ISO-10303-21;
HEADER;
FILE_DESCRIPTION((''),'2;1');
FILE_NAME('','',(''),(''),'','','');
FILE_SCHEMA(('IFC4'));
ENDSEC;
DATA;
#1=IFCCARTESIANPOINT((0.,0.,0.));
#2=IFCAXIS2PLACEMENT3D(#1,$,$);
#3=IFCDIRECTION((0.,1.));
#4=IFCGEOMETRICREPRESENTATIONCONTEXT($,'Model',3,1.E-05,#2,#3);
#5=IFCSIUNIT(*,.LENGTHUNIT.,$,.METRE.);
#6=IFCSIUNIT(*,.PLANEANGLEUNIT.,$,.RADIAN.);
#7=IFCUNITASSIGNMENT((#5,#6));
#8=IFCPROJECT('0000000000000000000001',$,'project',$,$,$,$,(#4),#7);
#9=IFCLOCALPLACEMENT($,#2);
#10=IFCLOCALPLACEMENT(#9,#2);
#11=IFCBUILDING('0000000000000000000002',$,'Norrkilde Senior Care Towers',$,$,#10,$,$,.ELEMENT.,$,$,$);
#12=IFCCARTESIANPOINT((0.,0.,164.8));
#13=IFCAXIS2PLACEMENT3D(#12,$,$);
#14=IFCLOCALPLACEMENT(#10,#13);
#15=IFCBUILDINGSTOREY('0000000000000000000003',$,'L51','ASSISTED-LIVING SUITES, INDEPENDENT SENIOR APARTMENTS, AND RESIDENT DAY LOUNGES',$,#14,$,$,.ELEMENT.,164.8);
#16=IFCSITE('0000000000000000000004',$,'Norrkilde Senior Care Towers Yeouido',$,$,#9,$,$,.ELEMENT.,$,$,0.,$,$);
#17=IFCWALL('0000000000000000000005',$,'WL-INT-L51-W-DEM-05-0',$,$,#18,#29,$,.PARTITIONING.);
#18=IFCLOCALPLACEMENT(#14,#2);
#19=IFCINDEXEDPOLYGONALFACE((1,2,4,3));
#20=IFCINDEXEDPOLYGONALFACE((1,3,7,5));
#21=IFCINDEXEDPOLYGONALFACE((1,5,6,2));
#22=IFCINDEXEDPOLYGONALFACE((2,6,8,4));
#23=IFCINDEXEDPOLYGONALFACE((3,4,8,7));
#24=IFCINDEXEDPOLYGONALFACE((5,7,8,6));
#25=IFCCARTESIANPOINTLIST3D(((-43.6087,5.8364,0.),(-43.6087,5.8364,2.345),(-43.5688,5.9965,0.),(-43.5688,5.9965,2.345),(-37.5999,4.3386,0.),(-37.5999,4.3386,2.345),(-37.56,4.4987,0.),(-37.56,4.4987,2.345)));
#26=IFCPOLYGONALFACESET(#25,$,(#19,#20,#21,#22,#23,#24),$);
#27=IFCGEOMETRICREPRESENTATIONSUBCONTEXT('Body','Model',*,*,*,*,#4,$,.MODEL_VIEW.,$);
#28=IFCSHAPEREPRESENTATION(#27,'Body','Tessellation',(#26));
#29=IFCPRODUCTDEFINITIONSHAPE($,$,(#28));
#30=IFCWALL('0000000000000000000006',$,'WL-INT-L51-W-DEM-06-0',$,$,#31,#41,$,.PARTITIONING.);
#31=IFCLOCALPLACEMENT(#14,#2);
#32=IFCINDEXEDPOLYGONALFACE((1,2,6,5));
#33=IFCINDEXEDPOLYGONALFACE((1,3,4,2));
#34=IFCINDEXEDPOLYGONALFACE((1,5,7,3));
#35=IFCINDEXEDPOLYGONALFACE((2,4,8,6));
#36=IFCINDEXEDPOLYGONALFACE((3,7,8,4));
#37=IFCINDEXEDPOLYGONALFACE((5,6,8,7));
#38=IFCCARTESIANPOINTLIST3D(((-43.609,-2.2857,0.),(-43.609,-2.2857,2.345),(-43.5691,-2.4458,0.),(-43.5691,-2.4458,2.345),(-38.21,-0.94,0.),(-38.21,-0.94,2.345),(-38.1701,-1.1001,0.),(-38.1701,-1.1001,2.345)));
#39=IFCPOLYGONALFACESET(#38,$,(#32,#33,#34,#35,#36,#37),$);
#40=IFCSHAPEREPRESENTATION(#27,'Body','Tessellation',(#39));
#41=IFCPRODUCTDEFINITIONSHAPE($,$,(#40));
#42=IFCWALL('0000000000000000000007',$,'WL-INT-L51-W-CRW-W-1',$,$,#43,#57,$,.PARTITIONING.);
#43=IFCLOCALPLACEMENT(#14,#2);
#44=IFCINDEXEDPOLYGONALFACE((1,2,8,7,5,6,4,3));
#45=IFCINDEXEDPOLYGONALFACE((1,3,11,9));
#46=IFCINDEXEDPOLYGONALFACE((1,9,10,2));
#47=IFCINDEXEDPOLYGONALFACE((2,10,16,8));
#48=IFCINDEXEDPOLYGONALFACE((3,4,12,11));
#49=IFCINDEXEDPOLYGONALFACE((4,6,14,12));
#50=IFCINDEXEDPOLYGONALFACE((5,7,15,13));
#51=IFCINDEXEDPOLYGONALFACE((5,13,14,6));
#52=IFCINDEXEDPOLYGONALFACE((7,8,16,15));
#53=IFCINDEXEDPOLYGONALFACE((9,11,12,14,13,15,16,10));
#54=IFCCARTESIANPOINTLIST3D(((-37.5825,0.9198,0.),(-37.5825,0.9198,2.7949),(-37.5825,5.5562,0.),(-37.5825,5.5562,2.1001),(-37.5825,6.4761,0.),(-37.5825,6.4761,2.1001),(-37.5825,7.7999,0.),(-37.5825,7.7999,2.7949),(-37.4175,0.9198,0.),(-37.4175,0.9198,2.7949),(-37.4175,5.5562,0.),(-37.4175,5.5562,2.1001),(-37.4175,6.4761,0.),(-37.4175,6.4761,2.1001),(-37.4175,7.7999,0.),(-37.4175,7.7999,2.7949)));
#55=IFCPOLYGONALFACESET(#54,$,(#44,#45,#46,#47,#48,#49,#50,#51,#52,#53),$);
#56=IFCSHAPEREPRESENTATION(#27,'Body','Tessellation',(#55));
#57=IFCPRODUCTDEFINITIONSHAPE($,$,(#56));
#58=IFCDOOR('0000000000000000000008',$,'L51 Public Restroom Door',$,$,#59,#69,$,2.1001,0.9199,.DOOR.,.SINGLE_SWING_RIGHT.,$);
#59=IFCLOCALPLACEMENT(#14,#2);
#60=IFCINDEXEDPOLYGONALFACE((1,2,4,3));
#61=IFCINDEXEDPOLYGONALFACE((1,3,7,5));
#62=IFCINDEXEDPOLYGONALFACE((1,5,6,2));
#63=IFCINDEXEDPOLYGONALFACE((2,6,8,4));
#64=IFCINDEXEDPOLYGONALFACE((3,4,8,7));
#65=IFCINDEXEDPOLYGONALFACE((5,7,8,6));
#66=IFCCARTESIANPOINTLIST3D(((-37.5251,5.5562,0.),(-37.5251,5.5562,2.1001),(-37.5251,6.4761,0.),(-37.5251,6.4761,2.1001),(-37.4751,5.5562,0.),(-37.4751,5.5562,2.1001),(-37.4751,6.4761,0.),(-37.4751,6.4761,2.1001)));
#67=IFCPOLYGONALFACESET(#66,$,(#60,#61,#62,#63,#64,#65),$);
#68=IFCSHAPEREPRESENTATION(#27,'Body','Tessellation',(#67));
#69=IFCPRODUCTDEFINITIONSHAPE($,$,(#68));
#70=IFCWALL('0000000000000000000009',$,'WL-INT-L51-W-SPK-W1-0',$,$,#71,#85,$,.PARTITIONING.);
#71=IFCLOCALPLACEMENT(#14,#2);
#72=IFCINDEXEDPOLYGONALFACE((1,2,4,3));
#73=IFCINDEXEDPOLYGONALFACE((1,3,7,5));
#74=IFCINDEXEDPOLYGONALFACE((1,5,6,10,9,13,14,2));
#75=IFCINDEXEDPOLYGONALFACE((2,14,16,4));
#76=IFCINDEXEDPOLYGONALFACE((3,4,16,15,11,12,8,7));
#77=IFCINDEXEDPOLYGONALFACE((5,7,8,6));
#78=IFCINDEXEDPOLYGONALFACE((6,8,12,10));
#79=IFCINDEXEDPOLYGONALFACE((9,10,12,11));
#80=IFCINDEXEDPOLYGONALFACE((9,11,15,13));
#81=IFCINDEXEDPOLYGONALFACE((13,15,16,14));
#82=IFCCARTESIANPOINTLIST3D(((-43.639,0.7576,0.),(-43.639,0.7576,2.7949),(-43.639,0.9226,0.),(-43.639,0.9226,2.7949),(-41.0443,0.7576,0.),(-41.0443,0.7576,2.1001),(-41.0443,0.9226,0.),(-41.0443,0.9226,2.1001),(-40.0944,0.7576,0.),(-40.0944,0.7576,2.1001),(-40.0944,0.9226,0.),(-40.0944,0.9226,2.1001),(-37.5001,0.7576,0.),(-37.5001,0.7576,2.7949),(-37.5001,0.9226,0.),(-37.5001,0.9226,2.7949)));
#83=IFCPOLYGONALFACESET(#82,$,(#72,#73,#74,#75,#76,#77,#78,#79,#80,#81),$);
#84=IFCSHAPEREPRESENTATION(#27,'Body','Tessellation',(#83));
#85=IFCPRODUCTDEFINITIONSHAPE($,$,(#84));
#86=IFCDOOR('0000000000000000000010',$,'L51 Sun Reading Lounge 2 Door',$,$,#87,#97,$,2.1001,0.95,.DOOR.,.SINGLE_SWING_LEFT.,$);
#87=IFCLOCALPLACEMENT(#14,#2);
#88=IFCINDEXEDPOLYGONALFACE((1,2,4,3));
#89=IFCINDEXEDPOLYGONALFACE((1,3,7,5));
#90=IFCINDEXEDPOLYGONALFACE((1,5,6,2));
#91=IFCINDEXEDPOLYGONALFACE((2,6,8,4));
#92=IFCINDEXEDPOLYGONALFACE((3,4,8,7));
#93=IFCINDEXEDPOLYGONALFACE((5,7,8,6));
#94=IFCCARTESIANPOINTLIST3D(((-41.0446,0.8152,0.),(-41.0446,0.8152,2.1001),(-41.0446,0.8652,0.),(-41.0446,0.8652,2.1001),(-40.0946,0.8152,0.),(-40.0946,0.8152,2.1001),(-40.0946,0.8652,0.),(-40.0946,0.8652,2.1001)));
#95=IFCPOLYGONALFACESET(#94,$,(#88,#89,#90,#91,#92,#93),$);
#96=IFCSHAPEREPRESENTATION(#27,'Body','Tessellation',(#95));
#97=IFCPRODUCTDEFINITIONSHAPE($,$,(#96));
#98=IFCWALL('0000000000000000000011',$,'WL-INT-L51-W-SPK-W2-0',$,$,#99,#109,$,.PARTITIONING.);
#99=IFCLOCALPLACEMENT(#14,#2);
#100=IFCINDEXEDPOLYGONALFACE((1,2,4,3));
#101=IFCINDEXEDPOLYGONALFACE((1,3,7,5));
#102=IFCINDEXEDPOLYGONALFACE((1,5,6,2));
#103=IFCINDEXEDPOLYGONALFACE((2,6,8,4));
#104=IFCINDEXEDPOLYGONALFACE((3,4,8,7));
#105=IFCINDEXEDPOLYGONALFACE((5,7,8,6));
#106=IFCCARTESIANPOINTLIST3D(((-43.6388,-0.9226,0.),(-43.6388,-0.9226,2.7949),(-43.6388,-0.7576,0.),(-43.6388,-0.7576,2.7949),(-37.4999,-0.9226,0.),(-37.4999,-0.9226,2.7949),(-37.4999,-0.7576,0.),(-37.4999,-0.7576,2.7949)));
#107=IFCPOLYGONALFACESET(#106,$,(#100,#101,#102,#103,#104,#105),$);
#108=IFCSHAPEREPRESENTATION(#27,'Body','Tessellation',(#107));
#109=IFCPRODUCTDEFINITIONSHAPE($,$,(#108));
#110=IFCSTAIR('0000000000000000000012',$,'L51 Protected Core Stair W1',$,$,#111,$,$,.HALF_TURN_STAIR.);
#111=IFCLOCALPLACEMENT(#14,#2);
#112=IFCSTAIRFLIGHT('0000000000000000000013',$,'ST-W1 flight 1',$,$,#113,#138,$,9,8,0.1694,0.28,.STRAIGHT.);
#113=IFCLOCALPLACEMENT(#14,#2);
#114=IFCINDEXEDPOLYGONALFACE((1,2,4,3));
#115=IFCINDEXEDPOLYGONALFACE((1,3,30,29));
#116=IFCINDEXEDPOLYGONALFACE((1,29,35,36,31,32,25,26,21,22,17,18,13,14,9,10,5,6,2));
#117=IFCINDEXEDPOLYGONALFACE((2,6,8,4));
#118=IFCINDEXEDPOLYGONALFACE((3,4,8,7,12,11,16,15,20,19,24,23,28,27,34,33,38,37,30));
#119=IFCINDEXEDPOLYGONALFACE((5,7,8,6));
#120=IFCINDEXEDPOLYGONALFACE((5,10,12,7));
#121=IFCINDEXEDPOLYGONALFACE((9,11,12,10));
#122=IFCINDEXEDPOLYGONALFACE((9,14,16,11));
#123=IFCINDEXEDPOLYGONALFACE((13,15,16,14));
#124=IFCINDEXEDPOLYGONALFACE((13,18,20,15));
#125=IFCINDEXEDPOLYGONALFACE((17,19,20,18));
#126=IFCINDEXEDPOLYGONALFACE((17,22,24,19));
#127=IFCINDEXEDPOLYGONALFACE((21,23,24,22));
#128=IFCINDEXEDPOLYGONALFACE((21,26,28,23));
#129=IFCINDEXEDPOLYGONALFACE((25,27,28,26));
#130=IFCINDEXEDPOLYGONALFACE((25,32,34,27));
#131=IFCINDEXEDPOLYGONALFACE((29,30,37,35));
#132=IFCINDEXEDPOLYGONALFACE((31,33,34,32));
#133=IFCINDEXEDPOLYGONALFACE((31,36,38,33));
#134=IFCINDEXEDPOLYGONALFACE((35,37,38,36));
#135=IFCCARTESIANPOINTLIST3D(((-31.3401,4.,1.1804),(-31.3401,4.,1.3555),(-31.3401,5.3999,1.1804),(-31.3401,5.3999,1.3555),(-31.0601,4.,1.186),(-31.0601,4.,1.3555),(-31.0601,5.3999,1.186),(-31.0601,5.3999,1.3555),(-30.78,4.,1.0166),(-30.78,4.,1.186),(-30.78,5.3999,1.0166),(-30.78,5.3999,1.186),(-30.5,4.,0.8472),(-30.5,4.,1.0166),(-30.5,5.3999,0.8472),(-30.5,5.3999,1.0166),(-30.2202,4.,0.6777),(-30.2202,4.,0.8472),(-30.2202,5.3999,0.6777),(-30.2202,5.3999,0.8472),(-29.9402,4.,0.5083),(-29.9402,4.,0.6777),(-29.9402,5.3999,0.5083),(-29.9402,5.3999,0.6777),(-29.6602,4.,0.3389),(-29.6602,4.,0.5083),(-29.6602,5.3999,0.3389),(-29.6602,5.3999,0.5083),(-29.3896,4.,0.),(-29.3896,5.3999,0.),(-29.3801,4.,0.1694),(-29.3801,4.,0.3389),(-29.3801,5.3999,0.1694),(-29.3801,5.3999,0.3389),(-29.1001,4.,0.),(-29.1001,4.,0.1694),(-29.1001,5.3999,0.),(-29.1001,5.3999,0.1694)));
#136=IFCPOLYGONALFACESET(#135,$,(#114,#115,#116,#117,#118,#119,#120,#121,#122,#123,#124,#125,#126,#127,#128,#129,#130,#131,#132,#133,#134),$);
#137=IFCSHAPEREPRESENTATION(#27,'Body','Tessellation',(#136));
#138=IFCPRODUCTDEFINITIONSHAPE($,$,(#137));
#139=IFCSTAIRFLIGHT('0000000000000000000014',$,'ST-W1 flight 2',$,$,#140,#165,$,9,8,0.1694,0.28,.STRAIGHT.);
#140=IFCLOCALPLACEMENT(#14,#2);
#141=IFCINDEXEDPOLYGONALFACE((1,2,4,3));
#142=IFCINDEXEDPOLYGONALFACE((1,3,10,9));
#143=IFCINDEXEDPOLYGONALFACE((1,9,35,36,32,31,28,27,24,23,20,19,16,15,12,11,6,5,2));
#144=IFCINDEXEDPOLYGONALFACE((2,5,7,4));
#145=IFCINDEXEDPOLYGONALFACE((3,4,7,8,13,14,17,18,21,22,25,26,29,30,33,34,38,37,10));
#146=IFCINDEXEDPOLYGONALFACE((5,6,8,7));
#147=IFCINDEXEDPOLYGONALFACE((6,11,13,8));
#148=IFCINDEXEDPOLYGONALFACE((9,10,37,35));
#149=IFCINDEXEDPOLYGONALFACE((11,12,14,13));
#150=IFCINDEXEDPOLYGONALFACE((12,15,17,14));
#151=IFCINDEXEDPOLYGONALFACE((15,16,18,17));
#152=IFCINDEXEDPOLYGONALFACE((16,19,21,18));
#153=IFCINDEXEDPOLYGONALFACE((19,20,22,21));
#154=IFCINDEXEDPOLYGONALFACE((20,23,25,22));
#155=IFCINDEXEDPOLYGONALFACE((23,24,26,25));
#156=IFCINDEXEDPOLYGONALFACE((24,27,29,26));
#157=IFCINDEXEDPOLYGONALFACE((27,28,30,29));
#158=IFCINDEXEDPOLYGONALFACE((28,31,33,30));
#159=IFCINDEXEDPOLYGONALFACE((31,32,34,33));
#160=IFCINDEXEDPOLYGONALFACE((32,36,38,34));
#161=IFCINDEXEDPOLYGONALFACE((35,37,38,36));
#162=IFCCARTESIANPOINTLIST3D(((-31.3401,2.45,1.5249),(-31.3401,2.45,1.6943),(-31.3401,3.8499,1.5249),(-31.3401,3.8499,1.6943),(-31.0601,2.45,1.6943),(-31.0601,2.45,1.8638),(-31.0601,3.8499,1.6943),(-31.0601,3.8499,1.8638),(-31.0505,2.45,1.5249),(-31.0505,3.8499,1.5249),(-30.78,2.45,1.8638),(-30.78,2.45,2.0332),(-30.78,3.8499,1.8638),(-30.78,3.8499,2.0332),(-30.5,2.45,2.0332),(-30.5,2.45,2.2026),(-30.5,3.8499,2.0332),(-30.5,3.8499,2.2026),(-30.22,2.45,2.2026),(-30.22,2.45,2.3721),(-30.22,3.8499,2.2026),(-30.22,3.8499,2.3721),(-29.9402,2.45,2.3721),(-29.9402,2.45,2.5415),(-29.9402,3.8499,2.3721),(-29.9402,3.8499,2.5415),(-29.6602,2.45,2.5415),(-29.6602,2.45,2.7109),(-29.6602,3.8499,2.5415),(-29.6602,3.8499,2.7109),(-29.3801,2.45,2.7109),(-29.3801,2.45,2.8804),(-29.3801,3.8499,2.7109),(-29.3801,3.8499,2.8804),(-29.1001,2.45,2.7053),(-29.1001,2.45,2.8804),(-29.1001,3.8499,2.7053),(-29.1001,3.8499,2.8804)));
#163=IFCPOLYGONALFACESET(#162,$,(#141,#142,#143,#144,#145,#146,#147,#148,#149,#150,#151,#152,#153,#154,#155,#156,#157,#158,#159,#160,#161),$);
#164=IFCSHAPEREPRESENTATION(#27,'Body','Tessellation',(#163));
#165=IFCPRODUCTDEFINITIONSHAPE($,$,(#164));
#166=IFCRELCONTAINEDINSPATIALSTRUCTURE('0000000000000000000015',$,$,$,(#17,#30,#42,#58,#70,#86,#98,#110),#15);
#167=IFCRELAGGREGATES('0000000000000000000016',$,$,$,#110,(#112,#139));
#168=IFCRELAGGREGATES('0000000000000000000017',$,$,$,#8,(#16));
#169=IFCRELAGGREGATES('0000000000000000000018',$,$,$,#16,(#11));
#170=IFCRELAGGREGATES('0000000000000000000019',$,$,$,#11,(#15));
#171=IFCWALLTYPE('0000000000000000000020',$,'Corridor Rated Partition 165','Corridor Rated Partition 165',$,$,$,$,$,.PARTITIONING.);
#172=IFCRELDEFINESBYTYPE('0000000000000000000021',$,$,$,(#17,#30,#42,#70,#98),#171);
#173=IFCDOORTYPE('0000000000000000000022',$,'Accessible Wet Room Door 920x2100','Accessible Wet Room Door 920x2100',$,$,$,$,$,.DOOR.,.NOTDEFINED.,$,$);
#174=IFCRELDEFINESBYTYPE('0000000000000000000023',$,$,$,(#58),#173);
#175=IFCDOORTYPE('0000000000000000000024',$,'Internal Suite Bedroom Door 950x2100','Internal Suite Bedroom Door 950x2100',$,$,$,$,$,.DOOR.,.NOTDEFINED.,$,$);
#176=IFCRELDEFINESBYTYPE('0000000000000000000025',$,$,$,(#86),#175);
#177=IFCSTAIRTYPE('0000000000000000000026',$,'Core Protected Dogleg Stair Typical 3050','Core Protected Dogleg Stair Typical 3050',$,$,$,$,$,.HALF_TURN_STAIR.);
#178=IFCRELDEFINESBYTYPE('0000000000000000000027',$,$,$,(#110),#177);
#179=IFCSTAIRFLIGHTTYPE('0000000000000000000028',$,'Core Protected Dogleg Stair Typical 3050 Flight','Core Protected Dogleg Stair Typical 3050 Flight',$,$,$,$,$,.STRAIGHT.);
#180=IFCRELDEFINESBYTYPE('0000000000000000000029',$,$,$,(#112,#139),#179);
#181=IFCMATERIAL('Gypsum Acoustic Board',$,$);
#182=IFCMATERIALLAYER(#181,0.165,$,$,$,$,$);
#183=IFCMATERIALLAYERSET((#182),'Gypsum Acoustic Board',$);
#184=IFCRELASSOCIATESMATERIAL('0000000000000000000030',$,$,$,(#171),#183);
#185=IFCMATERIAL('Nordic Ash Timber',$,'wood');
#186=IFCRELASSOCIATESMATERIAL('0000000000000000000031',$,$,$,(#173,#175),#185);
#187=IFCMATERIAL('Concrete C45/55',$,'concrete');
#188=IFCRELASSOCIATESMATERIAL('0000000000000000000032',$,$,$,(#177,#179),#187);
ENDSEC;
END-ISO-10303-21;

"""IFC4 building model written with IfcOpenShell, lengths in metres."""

from ifc_helpers import new_model, si_unit, direction, frame, frame_2d, origin, place, context, subcontext, project, spatial, polyline, rectangle, outline, extrude, source, transform, mapped, material, layer, layer_set, type_object, type_shapes, element, fill, aggregate, save


model = new_model("IFC4")

# Units and contexts
model_context = context("Model", 3, precision=1e-05, world=origin(), true_north=direction((0.0, 1.0)))
body_context = subcontext(model_context, "Body", "Model", "MODEL_VIEW")
ifc_project = project(units=[si_unit("LENGTHUNIT", "METRE"), si_unit("PLANEANGLEUNIT", "RADIAN")], contexts=[model_context])

# Site, building, storey
site_placement = place(None, origin())
site = spatial("IfcSite", under=ifc_project, at=site_placement, Name="Norrkilde Senior Care Towers Yeouido", CompositionType="ELEMENT", RefElevation=0.0)
building_placement = place(site_placement, origin())
building = spatial("IfcBuilding", under=site, at=building_placement, Name="Norrkilde Senior Care Towers", CompositionType="ELEMENT")
storey_placement = place(building_placement, frame((0.0, 0.0, 164.8)))
storey = spatial("IfcBuildingStorey", under=building, at=storey_placement, Name="L51", Description="ASSISTED-LIVING SUITES, INDEPENDENT SENIOR APARTMENTS, AND RESIDENT DAY LOUNGES", CompositionType="ELEMENT", Elevation=164.8)

# Shared definitions
ifc_material_1 = material(Name="Concrete C45/55", Category="concrete")

# Walls
ifc_material_2 = material(Name="Gypsum Acoustic Board")
ifc_layer_1 = layer(ifc_material_2, 0.165)
ifc_layer_set_1 = layer_set([ifc_layer_1], Name="Gypsum Acoustic Board")
wall_type_1 = type_object("IfcWallType", Name="Corridor Rated Partition 165", Description="Corridor Rated Partition 165", PredefinedType="PARTITIONING", material=ifc_layer_set_1)
shared_shape_1 = source(origin(), body_context, "Body", "SweptSolid", [
    extrude(rectangle(XDim=6.1926, YDim=0.165, at=frame_2d((3.0962, 0.0))), origin(), (0.0, 0.0, 1.0), 2.345),
])
wall_1_placement = place(storey_placement, frame((-37.5801, 4.4187, 0.0), z_axis=(0.0, 0.0, 1.0), x_axis=(-0.970309, 0.241868, 0.0)))
element("IfcWall", 1, at=wall_1_placement, inside=storey, type_object=wall_type_1, Name="WL-INT-L51-W-DEM-05-0", PredefinedType="PARTITIONING", context=body_context, shape_type="MappedRepresentation", body=[
    mapped(shared_shape_1, transform((0.0, 0.0, 0.0), x_axis=(1.0, 0.0, 0.0), y_axis=(0.0, 1.0, 0.0), z_axis=(0.0, 0.0, 1.0), scale=1.0)),
])
shared_shape_2 = source(origin(), body_context, "Body", "SweptSolid", [
    extrude(rectangle(XDim=5.5642, YDim=0.165, at=frame_2d((2.7822, 0.0))), origin(), (0.0, 0.0, 1.0), 2.345),
])
wall_2_placement = place(storey_placement, frame((-38.1899, -1.02, 0.0), z_axis=(0.0, 0.0, 1.0), x_axis=(-0.970313, -0.241854, 0.0)))
element("IfcWall", 2, at=wall_2_placement, inside=storey, type_object=wall_type_1, Name="WL-INT-L51-W-DEM-06-0", PredefinedType="PARTITIONING", context=body_context, shape_type="MappedRepresentation", body=[
    mapped(shared_shape_2, transform((0.0, 0.0, 0.0), x_axis=(1.0, 0.0, 0.0), y_axis=(0.0, 1.0, 0.0), z_axis=(0.0, 0.0, 1.0), scale=1.0)),
])

# Walls, openings, doors
shared_shape_3 = source(origin(), body_context, "Body", "SweptSolid", [
    extrude(rectangle(XDim=6.8801, YDim=0.165, at=frame_2d((3.4399, 0.0))), origin(), (0.0, 0.0, 1.0), 2.7949),
])
wall_3_placement = place(storey_placement, frame((-37.5, 0.9199, 0.0), z_axis=(0.0, 0.0, 1.0), x_axis=(0.0, 1.0, 0.0)))
wall_3 = element("IfcWall", 3, at=wall_3_placement, inside=storey, type_object=wall_type_1, Name="WL-INT-L51-W-CRW-W-1", PredefinedType="PARTITIONING", context=body_context, shape_type="MappedRepresentation", body=[
    mapped(shared_shape_3, transform((0.0, 0.0, 0.0), x_axis=(1.0, 0.0, 0.0), y_axis=(0.0, 1.0, 0.0), z_axis=(0.0, 0.0, 1.0), scale=1.0)),
])
opening_1_placement = place(wall_3_placement, frame((4.6362, 0.0, 0.0)))
opening_1 = element("IfcOpeningElement", 4, at=opening_1_placement, cuts=wall_3, PredefinedType="OPENING", context=body_context, shape_type="SweptSolid", body=[
    extrude(rectangle(XDim=0.9199, YDim=2.1001, at=frame_2d((0.46, 1.05))), frame((0.0, 0.0925, 0.0), z_axis=(0.0, -1.0, 0.0), x_axis=(1.0, 0.0, 0.0)), (0.0, 0.0, 1.0), 0.1851),
])
ifc_material_3 = material(Name="Nordic Ash Timber", Category="wood")
door_type_1 = type_object("IfcDoorType", Name="Accessible Wet Room Door 920x2100", Description="Accessible Wet Room Door 920x2100", OperationType="NOTDEFINED", PredefinedType="DOOR", material=ifc_material_3)
shared_shape_4 = source(origin(), body_context, "Body", "SweptSolid", [
    extrude(rectangle(XDim=0.9199, YDim=2.1001, at=frame_2d((0.46, 1.05))), frame((0.0, 0.0249, 0.0), z_axis=(0.0, -1.0, 0.0), x_axis=(1.0, 0.0, 0.0)), (0.0, 0.0, 1.0), 0.05),
])
type_shapes(door_type_1, [shared_shape_4])
door_1_placement = place(opening_1_placement, frame((0.9199, 0.0, 0.0), z_axis=(0.0, 0.0, 1.0), x_axis=(-1.0, 0.0, 0.0)))
door_1 = element("IfcDoor", 5, at=door_1_placement, inside=storey, type_object=door_type_1, Name="L51 Public Restroom Door", OperationType="SINGLE_SWING_RIGHT", OverallHeight=2.1001, OverallWidth=0.9199, PredefinedType="DOOR", context=body_context, shape_type="MappedRepresentation", body=[
    mapped(shared_shape_4, transform((0.0, 0.0, 0.0), x_axis=(1.0, 0.0, 0.0), y_axis=(0.0, 1.0, 0.0), z_axis=(0.0, 0.0, 1.0), scale=1.0)),
])
fill(opening_1, door_1)
shared_shape_5 = source(origin(), body_context, "Body", "SweptSolid", [
    extrude(rectangle(XDim=6.1389, YDim=0.165, at=frame_2d((3.0693, 0.0))), origin(), (0.0, 0.0, 1.0), 2.7949),
])
type_shapes(wall_type_1, [shared_shape_1, shared_shape_2, shared_shape_3, shared_shape_5])
wall_4_placement = place(storey_placement, frame((-43.6389, 0.8401, 0.0), z_axis=(0.0, 0.0, 1.0), x_axis=(1.0, 0.0, 0.0)))
wall_4 = element("IfcWall", 6, at=wall_4_placement, inside=storey, type_object=wall_type_1, Name="WL-INT-L51-W-SPK-W1-0", PredefinedType="PARTITIONING", context=body_context, shape_type="MappedRepresentation", body=[
    mapped(shared_shape_5, transform((0.0, 0.0, 0.0), x_axis=(1.0, 0.0, 0.0), y_axis=(0.0, 1.0, 0.0), z_axis=(0.0, 0.0, 1.0), scale=1.0)),
])
opening_2_placement = place(wall_4_placement, frame((2.5945, 0.0, 0.0)))
opening_2 = element("IfcOpeningElement", 7, at=opening_2_placement, cuts=wall_4, PredefinedType="OPENING", context=body_context, shape_type="SweptSolid", body=[
    extrude(rectangle(XDim=0.95, YDim=2.1001, at=frame_2d((0.4751, 1.05))), frame((0.0, 0.0925, 0.0), z_axis=(0.0, -1.0, 0.0), x_axis=(1.0, 0.0, 0.0)), (0.0, 0.0, 1.0), 0.1851),
])
door_type_2 = type_object("IfcDoorType", Name="Internal Suite Bedroom Door 950x2100", Description="Internal Suite Bedroom Door 950x2100", OperationType="NOTDEFINED", PredefinedType="DOOR", material=ifc_material_3)
shared_shape_6 = source(origin(), body_context, "Body", "SweptSolid", [
    extrude(rectangle(XDim=0.95, YDim=2.1001, at=frame_2d((0.4751, 1.05))), frame((0.0, 0.0249, 0.0), z_axis=(0.0, -1.0, 0.0), x_axis=(1.0, 0.0, 0.0)), (0.0, 0.0, 1.0), 0.05),
])
type_shapes(door_type_2, [shared_shape_6])
door_2_placement = place(opening_2_placement, frame((0.95, 0.0, 0.0), z_axis=(0.0, 0.0, 1.0), x_axis=(-1.0, 0.0, 0.0)))
door_2 = element("IfcDoor", 8, at=door_2_placement, inside=storey, type_object=door_type_2, Name="L51 Sun Reading Lounge 2 Door", OperationType="SINGLE_SWING_LEFT", OverallHeight=2.1001, OverallWidth=0.95, PredefinedType="DOOR", context=body_context, shape_type="MappedRepresentation", body=[
    mapped(shared_shape_6, transform((0.0, 0.0, 0.0), x_axis=(1.0, 0.0, 0.0), y_axis=(0.0, 1.0, 0.0), z_axis=(0.0, 0.0, 1.0), scale=1.0)),
])
fill(opening_2, door_2)

# Wall
wall_5_placement = place(storey_placement, frame((-37.5, -0.8401, 0.0), z_axis=(0.0, 0.0, 1.0), x_axis=(-1.0, 0.0, 0.0)))
element("IfcWall", 9, at=wall_5_placement, inside=storey, type_object=wall_type_1, Name="WL-INT-L51-W-SPK-W2-0", PredefinedType="PARTITIONING", context=body_context, shape_type="MappedRepresentation", body=[
    mapped(shared_shape_5, transform((0.0, 0.0, 0.0), x_axis=(1.0, 0.0, 0.0), y_axis=(0.0, 1.0, 0.0), z_axis=(0.0, 0.0, 1.0), scale=1.0)),
])

# Stair, stair flights
stair_type = type_object("IfcStairType", Name="Core Protected Dogleg Stair Typical 3050", Description="Core Protected Dogleg Stair Typical 3050", PredefinedType="HALF_TURN_STAIR", material=ifc_material_1)
stair_placement = place(storey_placement, origin())
stair = element("IfcStair", 10, at=stair_placement, inside=storey, type_object=stair_type, Name="L51 Protected Core Stair W1", PredefinedType="HALF_TURN_STAIR")
stair_flight_type = type_object("IfcStairFlightType", Name="Core Protected Dogleg Stair Typical 3050 Flight", Description="Core Protected Dogleg Stair Typical 3050 Flight", PredefinedType="STRAIGHT", material=ifc_material_1)
stair_flight_1_placement = place(storey_placement, frame((-29.1001, 4.7, 0.0), z_axis=(0.0, 0.0, 1.0), x_axis=(-1.0, 0.0, 0.0)))
stair_flight_1 = element("IfcStairFlight", 11, at=stair_flight_1_placement, type_object=stair_flight_type, Name="ST-W1 flight 1", NumberOfRisers=9, NumberOfTreads=8, PredefinedType="STRAIGHT", RiserHeight=0.1694, TreadLength=0.28, context=body_context, shape_type="SweptSolid", body=[
    extrude(outline(polyline([(0.0, 0.0), (0.0, 0.1694), (0.28, 0.1694), (0.28, 0.3389), (0.5601, 0.3389), (0.5601, 0.5083), (0.8401, 0.5083), (0.8401, 0.6777), (1.1201, 0.6777), (1.1201, 0.8472), (1.3999, 0.8472), (1.3999, 1.0166), (1.6799, 1.0166), (1.6799, 1.186), (1.96, 1.186), (1.96, 1.3555), (2.24, 1.3555), (2.24, 1.5249), (2.24, 1.1804), (0.2896, 0.0), (0.0, 0.0)])), frame((0.0, 0.7, 0.0), z_axis=(0.0, -1.0, 0.0), x_axis=(1.0, 0.0, 0.0)), (0.0, 0.0, 1.0), 1.3999),
])
stair_flight_2_placement = place(storey_placement, frame((-31.3401, 3.1499, 1.5249), z_axis=(0.0, 0.0, 1.0), x_axis=(1.0, 0.0, 0.0)))
stair_flight_2 = element("IfcStairFlight", 12, at=stair_flight_2_placement, type_object=stair_flight_type, Name="ST-W1 flight 2", NumberOfRisers=9, NumberOfTreads=8, PredefinedType="STRAIGHT", RiserHeight=0.1694, TreadLength=0.28, context=body_context, shape_type="SweptSolid", body=[
    extrude(outline(polyline([(0.0, 0.0), (0.0, 0.1694), (0.28, 0.1694), (0.28, 0.3389), (0.5601, 0.3389), (0.5601, 0.5083), (0.8401, 0.5083), (0.8401, 0.6777), (1.1201, 0.6777), (1.1201, 0.8472), (1.3999, 0.8472), (1.3999, 1.0166), (1.6799, 1.0166), (1.6799, 1.186), (1.96, 1.186), (1.96, 1.3555), (2.24, 1.3555), (2.24, 1.5249), (2.24, 1.1804), (0.2896, 0.0), (0.0, 0.0)])), frame((0.0, 0.7, 0.0), z_axis=(0.0, -1.0, 0.0), x_axis=(1.0, 0.0, 0.0)), (0.0, 0.0, 1.0), 1.3999),
])
aggregate(stair, [stair_flight_1, stair_flight_2])

save(model, "model.ifc")
